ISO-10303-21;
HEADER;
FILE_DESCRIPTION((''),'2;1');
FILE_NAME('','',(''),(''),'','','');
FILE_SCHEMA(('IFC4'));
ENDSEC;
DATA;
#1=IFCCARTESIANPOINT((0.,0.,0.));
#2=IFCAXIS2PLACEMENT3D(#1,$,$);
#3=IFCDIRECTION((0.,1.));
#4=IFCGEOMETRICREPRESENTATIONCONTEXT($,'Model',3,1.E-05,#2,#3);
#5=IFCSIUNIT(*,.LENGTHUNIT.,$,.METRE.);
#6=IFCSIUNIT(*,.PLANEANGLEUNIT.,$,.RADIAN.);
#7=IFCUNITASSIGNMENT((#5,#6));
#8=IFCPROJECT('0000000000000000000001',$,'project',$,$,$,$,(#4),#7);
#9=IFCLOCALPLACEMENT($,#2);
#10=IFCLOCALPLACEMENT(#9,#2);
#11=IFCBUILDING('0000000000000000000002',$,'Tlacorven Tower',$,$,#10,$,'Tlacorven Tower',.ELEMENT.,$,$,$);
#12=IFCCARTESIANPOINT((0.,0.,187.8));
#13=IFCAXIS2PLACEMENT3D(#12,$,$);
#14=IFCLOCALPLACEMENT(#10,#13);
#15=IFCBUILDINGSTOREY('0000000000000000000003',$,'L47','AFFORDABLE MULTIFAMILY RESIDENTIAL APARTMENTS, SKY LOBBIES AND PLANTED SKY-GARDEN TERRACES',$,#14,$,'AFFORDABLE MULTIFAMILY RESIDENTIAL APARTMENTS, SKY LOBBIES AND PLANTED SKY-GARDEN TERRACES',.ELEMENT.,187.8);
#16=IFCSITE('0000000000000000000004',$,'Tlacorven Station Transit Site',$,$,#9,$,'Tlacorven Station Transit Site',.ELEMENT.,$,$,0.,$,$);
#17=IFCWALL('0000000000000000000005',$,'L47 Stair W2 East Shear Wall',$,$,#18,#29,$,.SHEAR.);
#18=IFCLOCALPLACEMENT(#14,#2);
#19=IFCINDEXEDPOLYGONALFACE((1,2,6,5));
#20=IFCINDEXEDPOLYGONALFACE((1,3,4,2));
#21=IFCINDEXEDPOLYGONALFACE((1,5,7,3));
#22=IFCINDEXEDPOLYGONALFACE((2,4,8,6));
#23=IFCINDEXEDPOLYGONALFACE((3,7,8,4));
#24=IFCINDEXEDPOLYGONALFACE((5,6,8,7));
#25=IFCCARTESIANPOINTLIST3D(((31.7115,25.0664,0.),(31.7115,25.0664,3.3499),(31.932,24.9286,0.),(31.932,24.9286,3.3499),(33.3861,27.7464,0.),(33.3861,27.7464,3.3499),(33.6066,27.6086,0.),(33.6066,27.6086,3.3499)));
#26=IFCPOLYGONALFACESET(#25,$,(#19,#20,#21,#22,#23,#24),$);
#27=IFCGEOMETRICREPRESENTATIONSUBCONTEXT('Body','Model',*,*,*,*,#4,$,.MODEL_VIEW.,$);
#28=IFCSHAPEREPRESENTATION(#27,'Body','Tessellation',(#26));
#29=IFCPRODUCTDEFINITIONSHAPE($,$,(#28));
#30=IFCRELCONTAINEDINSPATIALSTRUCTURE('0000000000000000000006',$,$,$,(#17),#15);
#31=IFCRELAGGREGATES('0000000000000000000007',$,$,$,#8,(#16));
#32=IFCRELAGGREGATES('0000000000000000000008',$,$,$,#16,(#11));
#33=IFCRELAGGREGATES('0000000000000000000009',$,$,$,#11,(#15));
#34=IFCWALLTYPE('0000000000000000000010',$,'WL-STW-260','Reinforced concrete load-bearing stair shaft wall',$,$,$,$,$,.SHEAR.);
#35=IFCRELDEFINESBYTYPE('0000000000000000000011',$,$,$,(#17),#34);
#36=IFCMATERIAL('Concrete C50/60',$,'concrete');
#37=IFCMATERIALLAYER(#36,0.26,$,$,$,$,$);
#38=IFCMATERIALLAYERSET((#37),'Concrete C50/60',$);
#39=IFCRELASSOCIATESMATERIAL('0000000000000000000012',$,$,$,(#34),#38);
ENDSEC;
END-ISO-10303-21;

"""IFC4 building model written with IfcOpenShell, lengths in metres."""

from ifc_helpers import new_model, si_unit, direction, frame, frame_2d, origin, place, context, subcontext, project, spatial, rectangle, extrude, material, layer, layer_set, type_object, element, save


model = new_model("IFC4")

# Units and contexts
model_context = context("Model", 3, precision=1e-05, world=origin(), true_north=direction((0.0, 1.0)))
body_context = subcontext(model_context, "Body", "Model", "MODEL_VIEW")
ifc_project = project(units=[si_unit("LENGTHUNIT", "METRE"), si_unit("PLANEANGLEUNIT", "RADIAN")], contexts=[model_context])

# Site, building, storey
site_placement = place(None, origin())
site = spatial("IfcSite", under=ifc_project, at=site_placement, Name="Tlacorven Station Transit Site", LongName="Tlacorven Station Transit Site", CompositionType="ELEMENT", RefElevation=0.0)
building_placement = place(site_placement, origin())
building = spatial("IfcBuilding", under=site, at=building_placement, Name="Tlacorven Tower", LongName="Tlacorven Tower", CompositionType="ELEMENT")
storey_placement = place(building_placement, frame((0.0, 0.0, 187.8)))
storey = spatial("IfcBuildingStorey", under=building, at=storey_placement, Name="L47", Description="AFFORDABLE MULTIFAMILY RESIDENTIAL APARTMENTS, SKY LOBBIES AND PLANTED SKY-GARDEN TERRACES", LongName="AFFORDABLE MULTIFAMILY RESIDENTIAL APARTMENTS, SKY LOBBIES AND PLANTED SKY-GARDEN TERRACES", CompositionType="ELEMENT", Elevation=187.8)

# Wall
ifc_material_1 = material(Name="Concrete C50/60", Category="concrete")
ifc_layer_1 = layer(ifc_material_1, 0.26)
ifc_layer_set_1 = layer_set([ifc_layer_1], Name="Concrete C50/60")
wall_type_1 = type_object("IfcWallType", Name="WL-STW-260", Description="Reinforced concrete load-bearing stair shaft wall", PredefinedType="SHEAR", material=ifc_layer_set_1)
wall_1_placement = place(storey_placement, frame((33.4963, 27.6775, 0.0), z_axis=(0.0, 0.0, 1.0), x_axis=(-0.529909, -0.848055, 0.0)))
element("IfcWall", 1, at=wall_1_placement, inside=storey, type_object=wall_type_1, Name="L47 Stair W2 East Shear Wall", PredefinedType="SHEAR", context=body_context, shape_type="SweptSolid", body=[
    extrude(rectangle(XDim=3.1602, YDim=0.26, at=frame_2d((1.5801, 0.0))), origin(), (0.0, 0.0, 1.0), 3.3499),
])

save(model, "model.ifc")
